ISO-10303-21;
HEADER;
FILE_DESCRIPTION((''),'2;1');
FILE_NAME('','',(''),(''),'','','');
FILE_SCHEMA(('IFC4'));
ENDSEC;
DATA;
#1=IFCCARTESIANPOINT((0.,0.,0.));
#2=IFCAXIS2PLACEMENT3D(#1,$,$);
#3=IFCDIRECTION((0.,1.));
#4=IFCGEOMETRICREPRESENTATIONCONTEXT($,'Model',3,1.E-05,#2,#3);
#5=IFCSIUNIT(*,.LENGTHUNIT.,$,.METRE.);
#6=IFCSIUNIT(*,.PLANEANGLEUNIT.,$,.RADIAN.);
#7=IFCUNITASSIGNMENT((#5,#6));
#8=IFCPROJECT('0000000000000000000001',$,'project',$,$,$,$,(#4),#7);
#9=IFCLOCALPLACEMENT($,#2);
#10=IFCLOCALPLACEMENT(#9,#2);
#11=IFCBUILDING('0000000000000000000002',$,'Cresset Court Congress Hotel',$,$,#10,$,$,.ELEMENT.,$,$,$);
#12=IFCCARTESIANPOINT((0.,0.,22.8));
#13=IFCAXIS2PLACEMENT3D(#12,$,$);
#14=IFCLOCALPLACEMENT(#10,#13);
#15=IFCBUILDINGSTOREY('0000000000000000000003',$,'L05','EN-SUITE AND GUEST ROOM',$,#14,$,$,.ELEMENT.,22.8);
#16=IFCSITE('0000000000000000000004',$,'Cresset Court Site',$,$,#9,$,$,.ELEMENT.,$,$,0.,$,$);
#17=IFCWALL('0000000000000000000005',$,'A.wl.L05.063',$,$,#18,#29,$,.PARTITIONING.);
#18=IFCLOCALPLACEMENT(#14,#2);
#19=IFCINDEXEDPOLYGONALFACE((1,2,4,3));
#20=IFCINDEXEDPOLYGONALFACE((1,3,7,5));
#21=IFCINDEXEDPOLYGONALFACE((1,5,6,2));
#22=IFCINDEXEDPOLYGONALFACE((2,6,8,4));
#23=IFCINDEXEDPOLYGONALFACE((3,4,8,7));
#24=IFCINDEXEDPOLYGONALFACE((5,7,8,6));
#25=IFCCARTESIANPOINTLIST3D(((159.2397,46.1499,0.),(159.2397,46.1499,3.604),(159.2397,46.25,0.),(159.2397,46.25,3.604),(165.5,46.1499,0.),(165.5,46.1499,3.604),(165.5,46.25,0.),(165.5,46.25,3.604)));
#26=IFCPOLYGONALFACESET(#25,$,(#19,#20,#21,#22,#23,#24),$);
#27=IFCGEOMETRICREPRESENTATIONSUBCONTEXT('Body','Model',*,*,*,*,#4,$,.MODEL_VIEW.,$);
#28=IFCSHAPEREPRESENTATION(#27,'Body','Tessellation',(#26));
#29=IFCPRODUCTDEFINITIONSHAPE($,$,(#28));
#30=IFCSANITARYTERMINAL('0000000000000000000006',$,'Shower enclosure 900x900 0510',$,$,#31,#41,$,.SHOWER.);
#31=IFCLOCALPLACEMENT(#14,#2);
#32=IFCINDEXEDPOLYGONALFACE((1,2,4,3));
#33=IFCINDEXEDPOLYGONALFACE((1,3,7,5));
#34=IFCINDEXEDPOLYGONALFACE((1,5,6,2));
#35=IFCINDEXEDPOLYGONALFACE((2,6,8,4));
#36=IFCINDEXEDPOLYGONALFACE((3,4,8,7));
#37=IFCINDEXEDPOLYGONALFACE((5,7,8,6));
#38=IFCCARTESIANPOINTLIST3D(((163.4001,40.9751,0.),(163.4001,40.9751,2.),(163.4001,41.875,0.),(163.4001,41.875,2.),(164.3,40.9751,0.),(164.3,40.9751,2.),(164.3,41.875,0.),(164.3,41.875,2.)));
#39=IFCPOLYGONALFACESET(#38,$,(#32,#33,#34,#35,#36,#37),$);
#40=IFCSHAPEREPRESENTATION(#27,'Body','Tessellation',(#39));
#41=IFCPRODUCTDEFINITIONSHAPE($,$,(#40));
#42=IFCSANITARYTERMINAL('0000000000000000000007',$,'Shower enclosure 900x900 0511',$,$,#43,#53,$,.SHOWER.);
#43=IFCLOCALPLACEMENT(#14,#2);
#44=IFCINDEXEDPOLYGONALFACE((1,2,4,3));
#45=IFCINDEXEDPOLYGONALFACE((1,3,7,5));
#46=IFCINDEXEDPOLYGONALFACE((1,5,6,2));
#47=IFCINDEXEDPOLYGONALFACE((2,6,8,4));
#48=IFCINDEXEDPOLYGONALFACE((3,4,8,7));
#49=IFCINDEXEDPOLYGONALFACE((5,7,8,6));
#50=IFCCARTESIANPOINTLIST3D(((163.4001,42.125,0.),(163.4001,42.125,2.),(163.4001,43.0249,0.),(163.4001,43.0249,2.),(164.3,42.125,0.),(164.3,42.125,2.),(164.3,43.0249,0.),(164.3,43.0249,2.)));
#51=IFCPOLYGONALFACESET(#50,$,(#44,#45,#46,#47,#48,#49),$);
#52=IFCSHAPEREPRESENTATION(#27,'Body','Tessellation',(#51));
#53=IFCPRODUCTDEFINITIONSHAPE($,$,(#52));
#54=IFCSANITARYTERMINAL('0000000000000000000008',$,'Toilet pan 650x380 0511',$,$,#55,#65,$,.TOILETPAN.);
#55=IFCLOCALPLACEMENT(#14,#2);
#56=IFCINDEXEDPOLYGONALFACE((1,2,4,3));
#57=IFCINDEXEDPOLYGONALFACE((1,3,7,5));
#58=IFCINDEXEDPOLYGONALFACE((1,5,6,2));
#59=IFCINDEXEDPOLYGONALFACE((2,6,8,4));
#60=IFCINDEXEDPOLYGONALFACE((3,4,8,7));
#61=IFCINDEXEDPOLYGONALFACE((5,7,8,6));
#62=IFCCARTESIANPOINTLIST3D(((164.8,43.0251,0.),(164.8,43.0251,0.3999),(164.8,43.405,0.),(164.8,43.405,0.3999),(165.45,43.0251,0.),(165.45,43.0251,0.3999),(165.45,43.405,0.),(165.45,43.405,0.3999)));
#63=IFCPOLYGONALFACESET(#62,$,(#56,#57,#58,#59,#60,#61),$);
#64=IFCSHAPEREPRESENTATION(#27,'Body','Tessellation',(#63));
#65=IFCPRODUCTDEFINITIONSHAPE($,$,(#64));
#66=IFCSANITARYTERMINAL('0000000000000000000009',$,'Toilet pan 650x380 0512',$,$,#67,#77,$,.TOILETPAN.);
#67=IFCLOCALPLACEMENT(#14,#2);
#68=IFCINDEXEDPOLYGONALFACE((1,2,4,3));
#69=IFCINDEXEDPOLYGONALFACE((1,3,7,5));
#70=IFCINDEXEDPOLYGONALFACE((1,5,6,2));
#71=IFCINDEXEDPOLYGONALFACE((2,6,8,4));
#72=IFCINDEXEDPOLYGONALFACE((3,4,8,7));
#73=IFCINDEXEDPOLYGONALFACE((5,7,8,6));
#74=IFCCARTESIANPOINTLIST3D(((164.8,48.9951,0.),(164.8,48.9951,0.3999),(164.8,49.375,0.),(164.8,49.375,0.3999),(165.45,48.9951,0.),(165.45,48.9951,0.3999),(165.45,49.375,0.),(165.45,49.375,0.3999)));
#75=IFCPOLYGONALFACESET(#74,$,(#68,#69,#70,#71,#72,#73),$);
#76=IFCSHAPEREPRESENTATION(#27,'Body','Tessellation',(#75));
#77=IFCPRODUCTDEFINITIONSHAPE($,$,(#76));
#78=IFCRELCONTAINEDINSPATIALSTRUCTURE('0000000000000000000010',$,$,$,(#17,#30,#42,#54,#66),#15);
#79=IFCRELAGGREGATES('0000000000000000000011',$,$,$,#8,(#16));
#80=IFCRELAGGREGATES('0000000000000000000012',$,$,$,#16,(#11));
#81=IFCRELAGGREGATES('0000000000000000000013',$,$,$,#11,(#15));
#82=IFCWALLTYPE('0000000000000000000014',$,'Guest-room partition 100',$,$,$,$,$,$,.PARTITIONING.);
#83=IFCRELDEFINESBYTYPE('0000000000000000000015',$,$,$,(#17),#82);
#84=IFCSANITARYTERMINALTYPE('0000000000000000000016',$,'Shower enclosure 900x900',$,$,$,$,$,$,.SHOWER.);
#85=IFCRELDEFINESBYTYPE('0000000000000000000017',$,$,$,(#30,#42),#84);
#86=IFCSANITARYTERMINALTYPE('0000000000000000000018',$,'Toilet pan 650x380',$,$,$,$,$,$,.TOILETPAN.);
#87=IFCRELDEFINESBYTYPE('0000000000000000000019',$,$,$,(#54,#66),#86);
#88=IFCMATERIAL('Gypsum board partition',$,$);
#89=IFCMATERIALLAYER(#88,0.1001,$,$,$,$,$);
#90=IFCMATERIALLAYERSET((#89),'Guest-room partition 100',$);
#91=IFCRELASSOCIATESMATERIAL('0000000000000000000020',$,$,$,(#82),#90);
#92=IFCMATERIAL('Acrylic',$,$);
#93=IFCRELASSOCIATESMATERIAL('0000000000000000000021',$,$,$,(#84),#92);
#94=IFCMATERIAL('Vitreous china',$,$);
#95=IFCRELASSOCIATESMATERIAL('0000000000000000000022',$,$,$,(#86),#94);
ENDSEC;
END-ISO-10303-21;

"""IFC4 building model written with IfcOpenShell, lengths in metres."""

from ifc_helpers import new_model, si_unit, direction, frame, frame_2d, origin, origin_2d, place, context, subcontext, project, spatial, rectangle, extrude, material, layer, layer_set, type_object, element, save


model = new_model("IFC4")

# Units and contexts
model_context = context("Model", 3, precision=1e-05, world=origin(), true_north=direction((0.0, 1.0)))
body_context = subcontext(model_context, "Body", "Model", "MODEL_VIEW")
ifc_project = project(units=[si_unit("LENGTHUNIT", "METRE"), si_unit("PLANEANGLEUNIT", "RADIAN")], contexts=[model_context])

# Site, building, storey
site_placement = place(None, origin())
site = spatial("IfcSite", under=ifc_project, at=site_placement, Name="Cresset Court Site", CompositionType="ELEMENT", RefElevation=0.0)
building_placement = place(site_placement, origin())
building = spatial("IfcBuilding", under=site, at=building_placement, Name="Cresset Court Congress Hotel", CompositionType="ELEMENT")
storey_placement = place(building_placement, frame((0.0, 0.0, 22.8)))
storey = spatial("IfcBuildingStorey", under=building, at=storey_placement, Name="L05", Description="EN-SUITE AND GUEST ROOM", CompositionType="ELEMENT", Elevation=22.8)

# Wall
ifc_material_1 = material(Name="Gypsum board partition")
ifc_layer_1 = layer(ifc_material_1, 0.1001)
ifc_layer_set_1 = layer_set([ifc_layer_1], Name="Guest-room partition 100")
wall_type_1 = type_object("IfcWallType", Name="Guest-room partition 100", PredefinedType="PARTITIONING", material=ifc_layer_set_1)
wall_1_placement = place(storey_placement, frame((159.2397, 46.2, 0.0), z_axis=(0.0, 0.0, 1.0), x_axis=(1.0, 0.0, 0.0)))
element("IfcWall", 1, at=wall_1_placement, inside=storey, type_object=wall_type_1, Name="A.wl.L05.063", PredefinedType="PARTITIONING", context=body_context, shape_type="SweptSolid", body=[
    extrude(rectangle(XDim=6.2603, YDim=0.1001, at=frame_2d((3.1301, 0.0))), origin(), (0.0, 0.0, 1.0), 3.604),
])

# Sanitary terminals
ifc_material_2 = material(Name="Acrylic")
sanitary_terminal_type_1 = type_object("IfcSanitaryTerminalType", Name="Shower enclosure 900x900", PredefinedType="SHOWER", material=ifc_material_2)
for number, where, z_axis, x_axis, name in (
    (2, (163.8501, 41.425, 0.0), (0.0, 0.0, 1.0), (1.0, 0.0, 0.0), "Shower enclosure 900x900 0510"),
    (3, (163.8501, 42.575, 0.0), (0.0, 0.0, 1.0), (1.0, 0.0, 0.0), "Shower enclosure 900x900 0511"),
):
    element("IfcSanitaryTerminal", number, at=place(storey_placement, frame(where, z_axis=z_axis, x_axis=x_axis)), inside=storey, type_object=sanitary_terminal_type_1, Name=name, PredefinedType="SHOWER", context=body_context, shape_type="SweptSolid", body=[
        extrude(rectangle(XDim=0.8999, YDim=0.8999, at=origin_2d()), origin(), (0.0, 0.0, 1.0), 2.0),
    ])
ifc_material_3 = material(Name="Vitreous china")
sanitary_terminal_type_2 = type_object("IfcSanitaryTerminalType", Name="Toilet pan 650x380", PredefinedType="TOILETPAN", material=ifc_material_3)
for number, where, z_axis, x_axis, name in (
    (4, (165.125, 43.2151, 0.0), (0.0, 0.0, 1.0), (1.0, 0.0, 0.0), "Toilet pan 650x380 0511"),
    (5, (165.125, 49.1851, 0.0), (0.0, 0.0, 1.0), (1.0, 0.0, 0.0), "Toilet pan 650x380 0512"),
):
    element("IfcSanitaryTerminal", number, at=place(storey_placement, frame(where, z_axis=z_axis, x_axis=x_axis)), inside=storey, type_object=sanitary_terminal_type_2, Name=name, PredefinedType="TOILETPAN", context=body_context, shape_type="SweptSolid", body=[
        extrude(rectangle(XDim=0.6499, YDim=0.3799, at=origin_2d()), origin(), (0.0, 0.0, 1.0), 0.3999),
    ])

save(model, "model.ifc")
